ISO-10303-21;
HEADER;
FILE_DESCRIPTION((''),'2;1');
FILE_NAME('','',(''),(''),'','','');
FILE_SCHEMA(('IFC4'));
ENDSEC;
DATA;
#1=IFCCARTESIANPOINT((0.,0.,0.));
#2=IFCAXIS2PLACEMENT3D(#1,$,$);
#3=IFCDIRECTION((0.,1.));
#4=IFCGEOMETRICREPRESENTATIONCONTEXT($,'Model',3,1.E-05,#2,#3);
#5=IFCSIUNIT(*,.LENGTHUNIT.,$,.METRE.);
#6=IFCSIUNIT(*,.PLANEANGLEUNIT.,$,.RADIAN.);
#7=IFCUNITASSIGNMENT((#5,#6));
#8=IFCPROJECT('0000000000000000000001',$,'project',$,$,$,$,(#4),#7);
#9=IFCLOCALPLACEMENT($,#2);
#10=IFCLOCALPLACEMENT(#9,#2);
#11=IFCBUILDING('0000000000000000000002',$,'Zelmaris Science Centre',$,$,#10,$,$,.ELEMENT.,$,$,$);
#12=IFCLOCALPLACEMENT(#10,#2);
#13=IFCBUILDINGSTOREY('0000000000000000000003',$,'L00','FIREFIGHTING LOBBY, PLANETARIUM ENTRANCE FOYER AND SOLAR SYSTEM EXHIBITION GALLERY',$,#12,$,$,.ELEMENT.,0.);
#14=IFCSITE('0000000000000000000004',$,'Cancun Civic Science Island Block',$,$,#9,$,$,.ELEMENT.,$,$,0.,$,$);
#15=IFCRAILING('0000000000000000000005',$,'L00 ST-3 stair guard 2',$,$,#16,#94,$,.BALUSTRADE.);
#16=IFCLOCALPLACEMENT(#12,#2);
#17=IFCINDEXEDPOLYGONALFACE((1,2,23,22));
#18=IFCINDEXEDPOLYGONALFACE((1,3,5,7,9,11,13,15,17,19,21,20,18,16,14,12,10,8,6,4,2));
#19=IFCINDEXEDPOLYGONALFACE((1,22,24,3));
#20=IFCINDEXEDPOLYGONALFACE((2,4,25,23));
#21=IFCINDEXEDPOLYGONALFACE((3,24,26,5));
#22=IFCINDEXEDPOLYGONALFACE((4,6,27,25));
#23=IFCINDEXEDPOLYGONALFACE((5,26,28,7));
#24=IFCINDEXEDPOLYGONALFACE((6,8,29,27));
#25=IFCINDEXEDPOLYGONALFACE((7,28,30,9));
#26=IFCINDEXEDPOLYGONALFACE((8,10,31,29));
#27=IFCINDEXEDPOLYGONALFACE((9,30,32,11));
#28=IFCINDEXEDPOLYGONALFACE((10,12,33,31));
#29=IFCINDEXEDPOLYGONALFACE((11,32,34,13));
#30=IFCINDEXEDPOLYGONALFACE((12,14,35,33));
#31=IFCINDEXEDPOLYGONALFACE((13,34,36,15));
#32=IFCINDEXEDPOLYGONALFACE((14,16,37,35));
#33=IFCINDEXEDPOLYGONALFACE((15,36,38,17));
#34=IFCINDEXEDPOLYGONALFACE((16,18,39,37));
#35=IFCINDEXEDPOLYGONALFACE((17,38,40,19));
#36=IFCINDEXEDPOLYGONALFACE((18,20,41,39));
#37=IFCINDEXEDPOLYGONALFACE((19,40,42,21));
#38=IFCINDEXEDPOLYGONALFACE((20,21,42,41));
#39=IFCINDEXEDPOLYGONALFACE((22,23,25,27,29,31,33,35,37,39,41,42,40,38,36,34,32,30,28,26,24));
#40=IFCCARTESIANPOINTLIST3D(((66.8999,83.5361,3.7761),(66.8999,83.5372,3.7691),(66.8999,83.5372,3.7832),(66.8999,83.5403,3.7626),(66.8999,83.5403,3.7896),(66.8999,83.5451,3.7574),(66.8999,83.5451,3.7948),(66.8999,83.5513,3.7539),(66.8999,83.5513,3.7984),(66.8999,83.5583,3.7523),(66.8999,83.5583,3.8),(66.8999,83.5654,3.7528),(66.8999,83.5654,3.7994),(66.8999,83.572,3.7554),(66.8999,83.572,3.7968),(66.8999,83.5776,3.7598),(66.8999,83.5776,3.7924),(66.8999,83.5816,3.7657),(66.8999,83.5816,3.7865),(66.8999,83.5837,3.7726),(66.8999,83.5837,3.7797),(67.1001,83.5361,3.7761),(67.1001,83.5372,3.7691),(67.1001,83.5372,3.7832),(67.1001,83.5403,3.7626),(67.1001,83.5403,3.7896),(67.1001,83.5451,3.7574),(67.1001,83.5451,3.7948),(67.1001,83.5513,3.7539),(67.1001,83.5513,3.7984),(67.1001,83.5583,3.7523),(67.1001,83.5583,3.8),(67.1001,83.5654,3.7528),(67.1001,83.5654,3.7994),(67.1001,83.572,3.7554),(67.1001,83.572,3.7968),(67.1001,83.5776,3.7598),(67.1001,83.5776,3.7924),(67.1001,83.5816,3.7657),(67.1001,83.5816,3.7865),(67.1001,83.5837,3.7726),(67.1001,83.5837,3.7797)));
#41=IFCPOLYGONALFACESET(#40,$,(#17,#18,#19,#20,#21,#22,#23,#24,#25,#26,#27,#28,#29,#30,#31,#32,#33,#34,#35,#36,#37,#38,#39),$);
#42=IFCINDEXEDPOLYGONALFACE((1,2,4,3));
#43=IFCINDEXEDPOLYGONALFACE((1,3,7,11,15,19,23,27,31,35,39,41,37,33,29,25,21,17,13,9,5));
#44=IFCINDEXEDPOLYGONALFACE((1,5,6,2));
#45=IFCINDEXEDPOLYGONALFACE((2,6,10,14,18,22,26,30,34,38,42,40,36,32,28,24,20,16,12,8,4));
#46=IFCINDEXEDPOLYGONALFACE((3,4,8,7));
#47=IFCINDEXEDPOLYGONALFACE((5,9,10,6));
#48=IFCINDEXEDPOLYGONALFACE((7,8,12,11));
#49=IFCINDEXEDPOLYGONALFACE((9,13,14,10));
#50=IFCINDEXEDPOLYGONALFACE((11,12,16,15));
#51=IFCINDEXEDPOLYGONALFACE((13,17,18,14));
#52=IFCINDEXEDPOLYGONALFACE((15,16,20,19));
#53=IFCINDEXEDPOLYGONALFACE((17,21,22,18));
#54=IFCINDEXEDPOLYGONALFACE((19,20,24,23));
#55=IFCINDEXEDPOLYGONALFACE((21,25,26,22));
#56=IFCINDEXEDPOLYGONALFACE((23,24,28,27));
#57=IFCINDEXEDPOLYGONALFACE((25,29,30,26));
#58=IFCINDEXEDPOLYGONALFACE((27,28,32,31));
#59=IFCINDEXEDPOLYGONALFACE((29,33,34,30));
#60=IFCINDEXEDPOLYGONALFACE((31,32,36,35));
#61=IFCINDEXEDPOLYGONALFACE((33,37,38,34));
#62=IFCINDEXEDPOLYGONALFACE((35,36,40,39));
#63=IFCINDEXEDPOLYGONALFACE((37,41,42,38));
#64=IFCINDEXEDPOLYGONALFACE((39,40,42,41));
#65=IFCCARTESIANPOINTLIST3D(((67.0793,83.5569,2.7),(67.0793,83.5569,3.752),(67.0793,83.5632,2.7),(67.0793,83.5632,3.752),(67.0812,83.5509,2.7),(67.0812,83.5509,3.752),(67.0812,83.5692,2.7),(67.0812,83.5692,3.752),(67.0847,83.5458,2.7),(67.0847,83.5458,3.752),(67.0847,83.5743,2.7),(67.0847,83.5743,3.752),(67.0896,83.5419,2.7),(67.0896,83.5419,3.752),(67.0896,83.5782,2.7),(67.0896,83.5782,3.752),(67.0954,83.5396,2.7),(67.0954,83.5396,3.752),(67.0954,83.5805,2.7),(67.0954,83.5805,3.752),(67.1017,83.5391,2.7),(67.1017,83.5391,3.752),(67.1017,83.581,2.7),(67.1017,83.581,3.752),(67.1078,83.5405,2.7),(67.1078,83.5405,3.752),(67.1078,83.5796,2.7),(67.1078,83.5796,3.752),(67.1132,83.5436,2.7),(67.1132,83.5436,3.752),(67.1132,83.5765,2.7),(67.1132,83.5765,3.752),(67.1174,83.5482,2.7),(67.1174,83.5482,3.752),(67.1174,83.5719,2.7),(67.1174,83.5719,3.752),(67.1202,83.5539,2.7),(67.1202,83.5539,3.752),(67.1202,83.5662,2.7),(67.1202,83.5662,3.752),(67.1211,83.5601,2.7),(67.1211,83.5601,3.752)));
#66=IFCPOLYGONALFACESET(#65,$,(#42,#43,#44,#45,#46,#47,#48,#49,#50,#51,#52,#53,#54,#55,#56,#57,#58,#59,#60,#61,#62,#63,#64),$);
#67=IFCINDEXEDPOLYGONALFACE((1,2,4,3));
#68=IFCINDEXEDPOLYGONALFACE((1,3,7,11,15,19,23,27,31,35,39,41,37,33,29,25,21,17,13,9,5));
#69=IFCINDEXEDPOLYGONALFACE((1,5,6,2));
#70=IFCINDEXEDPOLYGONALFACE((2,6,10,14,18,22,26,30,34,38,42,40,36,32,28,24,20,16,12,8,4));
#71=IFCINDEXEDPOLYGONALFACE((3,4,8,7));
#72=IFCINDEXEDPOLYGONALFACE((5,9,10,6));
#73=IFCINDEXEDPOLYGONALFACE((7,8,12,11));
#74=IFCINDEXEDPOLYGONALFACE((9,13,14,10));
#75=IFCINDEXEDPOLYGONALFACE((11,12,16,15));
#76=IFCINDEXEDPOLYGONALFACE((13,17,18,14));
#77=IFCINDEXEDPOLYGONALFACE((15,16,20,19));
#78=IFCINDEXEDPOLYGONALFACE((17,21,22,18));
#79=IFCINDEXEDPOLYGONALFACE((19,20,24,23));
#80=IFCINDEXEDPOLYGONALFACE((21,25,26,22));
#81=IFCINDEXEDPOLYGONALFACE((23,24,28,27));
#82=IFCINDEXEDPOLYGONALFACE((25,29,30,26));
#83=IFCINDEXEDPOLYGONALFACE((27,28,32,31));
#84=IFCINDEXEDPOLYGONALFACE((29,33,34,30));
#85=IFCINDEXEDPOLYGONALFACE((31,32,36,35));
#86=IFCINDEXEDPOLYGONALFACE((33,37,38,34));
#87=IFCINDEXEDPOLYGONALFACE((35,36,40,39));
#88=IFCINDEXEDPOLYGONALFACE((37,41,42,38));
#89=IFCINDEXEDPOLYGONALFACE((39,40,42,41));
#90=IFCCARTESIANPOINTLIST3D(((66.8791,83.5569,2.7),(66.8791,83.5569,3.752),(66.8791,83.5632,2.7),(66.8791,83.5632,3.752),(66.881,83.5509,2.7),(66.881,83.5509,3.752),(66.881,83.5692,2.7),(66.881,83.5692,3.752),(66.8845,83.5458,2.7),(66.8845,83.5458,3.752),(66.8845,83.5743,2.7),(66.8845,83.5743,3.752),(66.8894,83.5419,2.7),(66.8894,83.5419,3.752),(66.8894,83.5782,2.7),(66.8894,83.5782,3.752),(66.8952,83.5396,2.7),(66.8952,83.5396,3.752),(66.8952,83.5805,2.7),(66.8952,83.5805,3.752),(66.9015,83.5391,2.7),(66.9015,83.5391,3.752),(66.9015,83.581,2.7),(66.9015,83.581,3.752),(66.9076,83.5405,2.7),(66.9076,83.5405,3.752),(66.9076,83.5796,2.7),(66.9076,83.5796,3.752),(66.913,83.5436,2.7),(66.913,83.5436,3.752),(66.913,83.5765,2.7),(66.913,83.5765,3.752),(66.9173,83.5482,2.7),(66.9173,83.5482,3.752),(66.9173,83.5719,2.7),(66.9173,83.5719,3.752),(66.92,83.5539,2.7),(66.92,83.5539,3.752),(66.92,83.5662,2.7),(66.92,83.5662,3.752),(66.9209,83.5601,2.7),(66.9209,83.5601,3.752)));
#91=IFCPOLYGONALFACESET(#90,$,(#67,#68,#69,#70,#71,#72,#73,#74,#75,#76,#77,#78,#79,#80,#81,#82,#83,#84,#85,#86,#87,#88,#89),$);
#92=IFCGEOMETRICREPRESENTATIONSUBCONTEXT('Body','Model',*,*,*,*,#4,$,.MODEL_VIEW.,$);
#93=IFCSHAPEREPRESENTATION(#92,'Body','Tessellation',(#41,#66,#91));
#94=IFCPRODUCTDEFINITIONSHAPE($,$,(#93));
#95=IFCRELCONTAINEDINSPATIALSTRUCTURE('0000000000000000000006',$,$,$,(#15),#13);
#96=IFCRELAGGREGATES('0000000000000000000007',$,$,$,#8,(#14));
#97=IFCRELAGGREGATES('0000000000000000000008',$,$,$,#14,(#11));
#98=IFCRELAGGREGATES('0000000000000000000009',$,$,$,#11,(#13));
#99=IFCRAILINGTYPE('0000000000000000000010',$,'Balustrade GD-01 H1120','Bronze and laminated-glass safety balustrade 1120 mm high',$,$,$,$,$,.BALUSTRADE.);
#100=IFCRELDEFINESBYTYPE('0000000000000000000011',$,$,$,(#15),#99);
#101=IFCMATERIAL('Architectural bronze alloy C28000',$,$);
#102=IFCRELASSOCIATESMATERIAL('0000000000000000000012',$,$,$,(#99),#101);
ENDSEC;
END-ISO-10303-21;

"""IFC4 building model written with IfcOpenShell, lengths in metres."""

from ifc_helpers import new_model, si_unit, direction, frame, origin, origin_2d, place, context, subcontext, project, spatial, circle, extrude, material, type_object, element, save


model = new_model("IFC4")

# Units and contexts
model_context = context("Model", 3, precision=1e-05, world=origin(), true_north=direction((0.0, 1.0)))
body_context = subcontext(model_context, "Body", "Model", "MODEL_VIEW")
ifc_project = project(units=[si_unit("LENGTHUNIT", "METRE"), si_unit("PLANEANGLEUNIT", "RADIAN")], contexts=[model_context])

# Site, building, storey
site_placement = place(None, origin())
site = spatial("IfcSite", under=ifc_project, at=site_placement, Name="Cancun Civic Science Island Block", CompositionType="ELEMENT", RefElevation=0.0)
building_placement = place(site_placement, origin())
building = spatial("IfcBuilding", under=site, at=building_placement, Name="Zelmaris Science Centre", CompositionType="ELEMENT")
storey_placement = place(building_placement, origin())
storey = spatial("IfcBuildingStorey", under=building, at=storey_placement, Name="L00", Description="FIREFIGHTING LOBBY, PLANETARIUM ENTRANCE FOYER AND SOLAR SYSTEM EXHIBITION GALLERY", CompositionType="ELEMENT", Elevation=0.0)

# Shared definitions
ifc_material_1 = material(Name="Architectural bronze alloy C28000")

# Railing
railing_type_1 = type_object("IfcRailingType", Name="Balustrade GD-01 H1120", Description="Bronze and laminated-glass safety balustrade 1120 mm high", PredefinedType="BALUSTRADE", material=ifc_material_1)
railing_1_placement = place(storey_placement, frame((67.1001, 83.5601, 2.7)))
element("IfcRailing", 1, at=railing_1_placement, inside=storey, type_object=railing_type_1, Name="L00 ST-3 stair guard 2", PredefinedType="BALUSTRADE", context=body_context, shape_type="SweptSolid", body=[
    extrude(circle(Radius=0.0239, at=origin_2d()), frame((0.0, 0.0, 1.0762), z_axis=(-1.0, 0.0, 0.0), x_axis=(0.0, -1.0, 0.0)), (0.0, 0.0, 1.0), 0.2002),
    extrude(circle(Radius=0.021, at=origin_2d()), origin(), (0.0, 0.0, 1.0), 1.052),
    extrude(circle(Radius=0.021, at=origin_2d()), frame((-0.2002, 0.0, 0.0)), (0.0, 0.0, 1.0), 1.052),
])

save(model, "model.ifc")
